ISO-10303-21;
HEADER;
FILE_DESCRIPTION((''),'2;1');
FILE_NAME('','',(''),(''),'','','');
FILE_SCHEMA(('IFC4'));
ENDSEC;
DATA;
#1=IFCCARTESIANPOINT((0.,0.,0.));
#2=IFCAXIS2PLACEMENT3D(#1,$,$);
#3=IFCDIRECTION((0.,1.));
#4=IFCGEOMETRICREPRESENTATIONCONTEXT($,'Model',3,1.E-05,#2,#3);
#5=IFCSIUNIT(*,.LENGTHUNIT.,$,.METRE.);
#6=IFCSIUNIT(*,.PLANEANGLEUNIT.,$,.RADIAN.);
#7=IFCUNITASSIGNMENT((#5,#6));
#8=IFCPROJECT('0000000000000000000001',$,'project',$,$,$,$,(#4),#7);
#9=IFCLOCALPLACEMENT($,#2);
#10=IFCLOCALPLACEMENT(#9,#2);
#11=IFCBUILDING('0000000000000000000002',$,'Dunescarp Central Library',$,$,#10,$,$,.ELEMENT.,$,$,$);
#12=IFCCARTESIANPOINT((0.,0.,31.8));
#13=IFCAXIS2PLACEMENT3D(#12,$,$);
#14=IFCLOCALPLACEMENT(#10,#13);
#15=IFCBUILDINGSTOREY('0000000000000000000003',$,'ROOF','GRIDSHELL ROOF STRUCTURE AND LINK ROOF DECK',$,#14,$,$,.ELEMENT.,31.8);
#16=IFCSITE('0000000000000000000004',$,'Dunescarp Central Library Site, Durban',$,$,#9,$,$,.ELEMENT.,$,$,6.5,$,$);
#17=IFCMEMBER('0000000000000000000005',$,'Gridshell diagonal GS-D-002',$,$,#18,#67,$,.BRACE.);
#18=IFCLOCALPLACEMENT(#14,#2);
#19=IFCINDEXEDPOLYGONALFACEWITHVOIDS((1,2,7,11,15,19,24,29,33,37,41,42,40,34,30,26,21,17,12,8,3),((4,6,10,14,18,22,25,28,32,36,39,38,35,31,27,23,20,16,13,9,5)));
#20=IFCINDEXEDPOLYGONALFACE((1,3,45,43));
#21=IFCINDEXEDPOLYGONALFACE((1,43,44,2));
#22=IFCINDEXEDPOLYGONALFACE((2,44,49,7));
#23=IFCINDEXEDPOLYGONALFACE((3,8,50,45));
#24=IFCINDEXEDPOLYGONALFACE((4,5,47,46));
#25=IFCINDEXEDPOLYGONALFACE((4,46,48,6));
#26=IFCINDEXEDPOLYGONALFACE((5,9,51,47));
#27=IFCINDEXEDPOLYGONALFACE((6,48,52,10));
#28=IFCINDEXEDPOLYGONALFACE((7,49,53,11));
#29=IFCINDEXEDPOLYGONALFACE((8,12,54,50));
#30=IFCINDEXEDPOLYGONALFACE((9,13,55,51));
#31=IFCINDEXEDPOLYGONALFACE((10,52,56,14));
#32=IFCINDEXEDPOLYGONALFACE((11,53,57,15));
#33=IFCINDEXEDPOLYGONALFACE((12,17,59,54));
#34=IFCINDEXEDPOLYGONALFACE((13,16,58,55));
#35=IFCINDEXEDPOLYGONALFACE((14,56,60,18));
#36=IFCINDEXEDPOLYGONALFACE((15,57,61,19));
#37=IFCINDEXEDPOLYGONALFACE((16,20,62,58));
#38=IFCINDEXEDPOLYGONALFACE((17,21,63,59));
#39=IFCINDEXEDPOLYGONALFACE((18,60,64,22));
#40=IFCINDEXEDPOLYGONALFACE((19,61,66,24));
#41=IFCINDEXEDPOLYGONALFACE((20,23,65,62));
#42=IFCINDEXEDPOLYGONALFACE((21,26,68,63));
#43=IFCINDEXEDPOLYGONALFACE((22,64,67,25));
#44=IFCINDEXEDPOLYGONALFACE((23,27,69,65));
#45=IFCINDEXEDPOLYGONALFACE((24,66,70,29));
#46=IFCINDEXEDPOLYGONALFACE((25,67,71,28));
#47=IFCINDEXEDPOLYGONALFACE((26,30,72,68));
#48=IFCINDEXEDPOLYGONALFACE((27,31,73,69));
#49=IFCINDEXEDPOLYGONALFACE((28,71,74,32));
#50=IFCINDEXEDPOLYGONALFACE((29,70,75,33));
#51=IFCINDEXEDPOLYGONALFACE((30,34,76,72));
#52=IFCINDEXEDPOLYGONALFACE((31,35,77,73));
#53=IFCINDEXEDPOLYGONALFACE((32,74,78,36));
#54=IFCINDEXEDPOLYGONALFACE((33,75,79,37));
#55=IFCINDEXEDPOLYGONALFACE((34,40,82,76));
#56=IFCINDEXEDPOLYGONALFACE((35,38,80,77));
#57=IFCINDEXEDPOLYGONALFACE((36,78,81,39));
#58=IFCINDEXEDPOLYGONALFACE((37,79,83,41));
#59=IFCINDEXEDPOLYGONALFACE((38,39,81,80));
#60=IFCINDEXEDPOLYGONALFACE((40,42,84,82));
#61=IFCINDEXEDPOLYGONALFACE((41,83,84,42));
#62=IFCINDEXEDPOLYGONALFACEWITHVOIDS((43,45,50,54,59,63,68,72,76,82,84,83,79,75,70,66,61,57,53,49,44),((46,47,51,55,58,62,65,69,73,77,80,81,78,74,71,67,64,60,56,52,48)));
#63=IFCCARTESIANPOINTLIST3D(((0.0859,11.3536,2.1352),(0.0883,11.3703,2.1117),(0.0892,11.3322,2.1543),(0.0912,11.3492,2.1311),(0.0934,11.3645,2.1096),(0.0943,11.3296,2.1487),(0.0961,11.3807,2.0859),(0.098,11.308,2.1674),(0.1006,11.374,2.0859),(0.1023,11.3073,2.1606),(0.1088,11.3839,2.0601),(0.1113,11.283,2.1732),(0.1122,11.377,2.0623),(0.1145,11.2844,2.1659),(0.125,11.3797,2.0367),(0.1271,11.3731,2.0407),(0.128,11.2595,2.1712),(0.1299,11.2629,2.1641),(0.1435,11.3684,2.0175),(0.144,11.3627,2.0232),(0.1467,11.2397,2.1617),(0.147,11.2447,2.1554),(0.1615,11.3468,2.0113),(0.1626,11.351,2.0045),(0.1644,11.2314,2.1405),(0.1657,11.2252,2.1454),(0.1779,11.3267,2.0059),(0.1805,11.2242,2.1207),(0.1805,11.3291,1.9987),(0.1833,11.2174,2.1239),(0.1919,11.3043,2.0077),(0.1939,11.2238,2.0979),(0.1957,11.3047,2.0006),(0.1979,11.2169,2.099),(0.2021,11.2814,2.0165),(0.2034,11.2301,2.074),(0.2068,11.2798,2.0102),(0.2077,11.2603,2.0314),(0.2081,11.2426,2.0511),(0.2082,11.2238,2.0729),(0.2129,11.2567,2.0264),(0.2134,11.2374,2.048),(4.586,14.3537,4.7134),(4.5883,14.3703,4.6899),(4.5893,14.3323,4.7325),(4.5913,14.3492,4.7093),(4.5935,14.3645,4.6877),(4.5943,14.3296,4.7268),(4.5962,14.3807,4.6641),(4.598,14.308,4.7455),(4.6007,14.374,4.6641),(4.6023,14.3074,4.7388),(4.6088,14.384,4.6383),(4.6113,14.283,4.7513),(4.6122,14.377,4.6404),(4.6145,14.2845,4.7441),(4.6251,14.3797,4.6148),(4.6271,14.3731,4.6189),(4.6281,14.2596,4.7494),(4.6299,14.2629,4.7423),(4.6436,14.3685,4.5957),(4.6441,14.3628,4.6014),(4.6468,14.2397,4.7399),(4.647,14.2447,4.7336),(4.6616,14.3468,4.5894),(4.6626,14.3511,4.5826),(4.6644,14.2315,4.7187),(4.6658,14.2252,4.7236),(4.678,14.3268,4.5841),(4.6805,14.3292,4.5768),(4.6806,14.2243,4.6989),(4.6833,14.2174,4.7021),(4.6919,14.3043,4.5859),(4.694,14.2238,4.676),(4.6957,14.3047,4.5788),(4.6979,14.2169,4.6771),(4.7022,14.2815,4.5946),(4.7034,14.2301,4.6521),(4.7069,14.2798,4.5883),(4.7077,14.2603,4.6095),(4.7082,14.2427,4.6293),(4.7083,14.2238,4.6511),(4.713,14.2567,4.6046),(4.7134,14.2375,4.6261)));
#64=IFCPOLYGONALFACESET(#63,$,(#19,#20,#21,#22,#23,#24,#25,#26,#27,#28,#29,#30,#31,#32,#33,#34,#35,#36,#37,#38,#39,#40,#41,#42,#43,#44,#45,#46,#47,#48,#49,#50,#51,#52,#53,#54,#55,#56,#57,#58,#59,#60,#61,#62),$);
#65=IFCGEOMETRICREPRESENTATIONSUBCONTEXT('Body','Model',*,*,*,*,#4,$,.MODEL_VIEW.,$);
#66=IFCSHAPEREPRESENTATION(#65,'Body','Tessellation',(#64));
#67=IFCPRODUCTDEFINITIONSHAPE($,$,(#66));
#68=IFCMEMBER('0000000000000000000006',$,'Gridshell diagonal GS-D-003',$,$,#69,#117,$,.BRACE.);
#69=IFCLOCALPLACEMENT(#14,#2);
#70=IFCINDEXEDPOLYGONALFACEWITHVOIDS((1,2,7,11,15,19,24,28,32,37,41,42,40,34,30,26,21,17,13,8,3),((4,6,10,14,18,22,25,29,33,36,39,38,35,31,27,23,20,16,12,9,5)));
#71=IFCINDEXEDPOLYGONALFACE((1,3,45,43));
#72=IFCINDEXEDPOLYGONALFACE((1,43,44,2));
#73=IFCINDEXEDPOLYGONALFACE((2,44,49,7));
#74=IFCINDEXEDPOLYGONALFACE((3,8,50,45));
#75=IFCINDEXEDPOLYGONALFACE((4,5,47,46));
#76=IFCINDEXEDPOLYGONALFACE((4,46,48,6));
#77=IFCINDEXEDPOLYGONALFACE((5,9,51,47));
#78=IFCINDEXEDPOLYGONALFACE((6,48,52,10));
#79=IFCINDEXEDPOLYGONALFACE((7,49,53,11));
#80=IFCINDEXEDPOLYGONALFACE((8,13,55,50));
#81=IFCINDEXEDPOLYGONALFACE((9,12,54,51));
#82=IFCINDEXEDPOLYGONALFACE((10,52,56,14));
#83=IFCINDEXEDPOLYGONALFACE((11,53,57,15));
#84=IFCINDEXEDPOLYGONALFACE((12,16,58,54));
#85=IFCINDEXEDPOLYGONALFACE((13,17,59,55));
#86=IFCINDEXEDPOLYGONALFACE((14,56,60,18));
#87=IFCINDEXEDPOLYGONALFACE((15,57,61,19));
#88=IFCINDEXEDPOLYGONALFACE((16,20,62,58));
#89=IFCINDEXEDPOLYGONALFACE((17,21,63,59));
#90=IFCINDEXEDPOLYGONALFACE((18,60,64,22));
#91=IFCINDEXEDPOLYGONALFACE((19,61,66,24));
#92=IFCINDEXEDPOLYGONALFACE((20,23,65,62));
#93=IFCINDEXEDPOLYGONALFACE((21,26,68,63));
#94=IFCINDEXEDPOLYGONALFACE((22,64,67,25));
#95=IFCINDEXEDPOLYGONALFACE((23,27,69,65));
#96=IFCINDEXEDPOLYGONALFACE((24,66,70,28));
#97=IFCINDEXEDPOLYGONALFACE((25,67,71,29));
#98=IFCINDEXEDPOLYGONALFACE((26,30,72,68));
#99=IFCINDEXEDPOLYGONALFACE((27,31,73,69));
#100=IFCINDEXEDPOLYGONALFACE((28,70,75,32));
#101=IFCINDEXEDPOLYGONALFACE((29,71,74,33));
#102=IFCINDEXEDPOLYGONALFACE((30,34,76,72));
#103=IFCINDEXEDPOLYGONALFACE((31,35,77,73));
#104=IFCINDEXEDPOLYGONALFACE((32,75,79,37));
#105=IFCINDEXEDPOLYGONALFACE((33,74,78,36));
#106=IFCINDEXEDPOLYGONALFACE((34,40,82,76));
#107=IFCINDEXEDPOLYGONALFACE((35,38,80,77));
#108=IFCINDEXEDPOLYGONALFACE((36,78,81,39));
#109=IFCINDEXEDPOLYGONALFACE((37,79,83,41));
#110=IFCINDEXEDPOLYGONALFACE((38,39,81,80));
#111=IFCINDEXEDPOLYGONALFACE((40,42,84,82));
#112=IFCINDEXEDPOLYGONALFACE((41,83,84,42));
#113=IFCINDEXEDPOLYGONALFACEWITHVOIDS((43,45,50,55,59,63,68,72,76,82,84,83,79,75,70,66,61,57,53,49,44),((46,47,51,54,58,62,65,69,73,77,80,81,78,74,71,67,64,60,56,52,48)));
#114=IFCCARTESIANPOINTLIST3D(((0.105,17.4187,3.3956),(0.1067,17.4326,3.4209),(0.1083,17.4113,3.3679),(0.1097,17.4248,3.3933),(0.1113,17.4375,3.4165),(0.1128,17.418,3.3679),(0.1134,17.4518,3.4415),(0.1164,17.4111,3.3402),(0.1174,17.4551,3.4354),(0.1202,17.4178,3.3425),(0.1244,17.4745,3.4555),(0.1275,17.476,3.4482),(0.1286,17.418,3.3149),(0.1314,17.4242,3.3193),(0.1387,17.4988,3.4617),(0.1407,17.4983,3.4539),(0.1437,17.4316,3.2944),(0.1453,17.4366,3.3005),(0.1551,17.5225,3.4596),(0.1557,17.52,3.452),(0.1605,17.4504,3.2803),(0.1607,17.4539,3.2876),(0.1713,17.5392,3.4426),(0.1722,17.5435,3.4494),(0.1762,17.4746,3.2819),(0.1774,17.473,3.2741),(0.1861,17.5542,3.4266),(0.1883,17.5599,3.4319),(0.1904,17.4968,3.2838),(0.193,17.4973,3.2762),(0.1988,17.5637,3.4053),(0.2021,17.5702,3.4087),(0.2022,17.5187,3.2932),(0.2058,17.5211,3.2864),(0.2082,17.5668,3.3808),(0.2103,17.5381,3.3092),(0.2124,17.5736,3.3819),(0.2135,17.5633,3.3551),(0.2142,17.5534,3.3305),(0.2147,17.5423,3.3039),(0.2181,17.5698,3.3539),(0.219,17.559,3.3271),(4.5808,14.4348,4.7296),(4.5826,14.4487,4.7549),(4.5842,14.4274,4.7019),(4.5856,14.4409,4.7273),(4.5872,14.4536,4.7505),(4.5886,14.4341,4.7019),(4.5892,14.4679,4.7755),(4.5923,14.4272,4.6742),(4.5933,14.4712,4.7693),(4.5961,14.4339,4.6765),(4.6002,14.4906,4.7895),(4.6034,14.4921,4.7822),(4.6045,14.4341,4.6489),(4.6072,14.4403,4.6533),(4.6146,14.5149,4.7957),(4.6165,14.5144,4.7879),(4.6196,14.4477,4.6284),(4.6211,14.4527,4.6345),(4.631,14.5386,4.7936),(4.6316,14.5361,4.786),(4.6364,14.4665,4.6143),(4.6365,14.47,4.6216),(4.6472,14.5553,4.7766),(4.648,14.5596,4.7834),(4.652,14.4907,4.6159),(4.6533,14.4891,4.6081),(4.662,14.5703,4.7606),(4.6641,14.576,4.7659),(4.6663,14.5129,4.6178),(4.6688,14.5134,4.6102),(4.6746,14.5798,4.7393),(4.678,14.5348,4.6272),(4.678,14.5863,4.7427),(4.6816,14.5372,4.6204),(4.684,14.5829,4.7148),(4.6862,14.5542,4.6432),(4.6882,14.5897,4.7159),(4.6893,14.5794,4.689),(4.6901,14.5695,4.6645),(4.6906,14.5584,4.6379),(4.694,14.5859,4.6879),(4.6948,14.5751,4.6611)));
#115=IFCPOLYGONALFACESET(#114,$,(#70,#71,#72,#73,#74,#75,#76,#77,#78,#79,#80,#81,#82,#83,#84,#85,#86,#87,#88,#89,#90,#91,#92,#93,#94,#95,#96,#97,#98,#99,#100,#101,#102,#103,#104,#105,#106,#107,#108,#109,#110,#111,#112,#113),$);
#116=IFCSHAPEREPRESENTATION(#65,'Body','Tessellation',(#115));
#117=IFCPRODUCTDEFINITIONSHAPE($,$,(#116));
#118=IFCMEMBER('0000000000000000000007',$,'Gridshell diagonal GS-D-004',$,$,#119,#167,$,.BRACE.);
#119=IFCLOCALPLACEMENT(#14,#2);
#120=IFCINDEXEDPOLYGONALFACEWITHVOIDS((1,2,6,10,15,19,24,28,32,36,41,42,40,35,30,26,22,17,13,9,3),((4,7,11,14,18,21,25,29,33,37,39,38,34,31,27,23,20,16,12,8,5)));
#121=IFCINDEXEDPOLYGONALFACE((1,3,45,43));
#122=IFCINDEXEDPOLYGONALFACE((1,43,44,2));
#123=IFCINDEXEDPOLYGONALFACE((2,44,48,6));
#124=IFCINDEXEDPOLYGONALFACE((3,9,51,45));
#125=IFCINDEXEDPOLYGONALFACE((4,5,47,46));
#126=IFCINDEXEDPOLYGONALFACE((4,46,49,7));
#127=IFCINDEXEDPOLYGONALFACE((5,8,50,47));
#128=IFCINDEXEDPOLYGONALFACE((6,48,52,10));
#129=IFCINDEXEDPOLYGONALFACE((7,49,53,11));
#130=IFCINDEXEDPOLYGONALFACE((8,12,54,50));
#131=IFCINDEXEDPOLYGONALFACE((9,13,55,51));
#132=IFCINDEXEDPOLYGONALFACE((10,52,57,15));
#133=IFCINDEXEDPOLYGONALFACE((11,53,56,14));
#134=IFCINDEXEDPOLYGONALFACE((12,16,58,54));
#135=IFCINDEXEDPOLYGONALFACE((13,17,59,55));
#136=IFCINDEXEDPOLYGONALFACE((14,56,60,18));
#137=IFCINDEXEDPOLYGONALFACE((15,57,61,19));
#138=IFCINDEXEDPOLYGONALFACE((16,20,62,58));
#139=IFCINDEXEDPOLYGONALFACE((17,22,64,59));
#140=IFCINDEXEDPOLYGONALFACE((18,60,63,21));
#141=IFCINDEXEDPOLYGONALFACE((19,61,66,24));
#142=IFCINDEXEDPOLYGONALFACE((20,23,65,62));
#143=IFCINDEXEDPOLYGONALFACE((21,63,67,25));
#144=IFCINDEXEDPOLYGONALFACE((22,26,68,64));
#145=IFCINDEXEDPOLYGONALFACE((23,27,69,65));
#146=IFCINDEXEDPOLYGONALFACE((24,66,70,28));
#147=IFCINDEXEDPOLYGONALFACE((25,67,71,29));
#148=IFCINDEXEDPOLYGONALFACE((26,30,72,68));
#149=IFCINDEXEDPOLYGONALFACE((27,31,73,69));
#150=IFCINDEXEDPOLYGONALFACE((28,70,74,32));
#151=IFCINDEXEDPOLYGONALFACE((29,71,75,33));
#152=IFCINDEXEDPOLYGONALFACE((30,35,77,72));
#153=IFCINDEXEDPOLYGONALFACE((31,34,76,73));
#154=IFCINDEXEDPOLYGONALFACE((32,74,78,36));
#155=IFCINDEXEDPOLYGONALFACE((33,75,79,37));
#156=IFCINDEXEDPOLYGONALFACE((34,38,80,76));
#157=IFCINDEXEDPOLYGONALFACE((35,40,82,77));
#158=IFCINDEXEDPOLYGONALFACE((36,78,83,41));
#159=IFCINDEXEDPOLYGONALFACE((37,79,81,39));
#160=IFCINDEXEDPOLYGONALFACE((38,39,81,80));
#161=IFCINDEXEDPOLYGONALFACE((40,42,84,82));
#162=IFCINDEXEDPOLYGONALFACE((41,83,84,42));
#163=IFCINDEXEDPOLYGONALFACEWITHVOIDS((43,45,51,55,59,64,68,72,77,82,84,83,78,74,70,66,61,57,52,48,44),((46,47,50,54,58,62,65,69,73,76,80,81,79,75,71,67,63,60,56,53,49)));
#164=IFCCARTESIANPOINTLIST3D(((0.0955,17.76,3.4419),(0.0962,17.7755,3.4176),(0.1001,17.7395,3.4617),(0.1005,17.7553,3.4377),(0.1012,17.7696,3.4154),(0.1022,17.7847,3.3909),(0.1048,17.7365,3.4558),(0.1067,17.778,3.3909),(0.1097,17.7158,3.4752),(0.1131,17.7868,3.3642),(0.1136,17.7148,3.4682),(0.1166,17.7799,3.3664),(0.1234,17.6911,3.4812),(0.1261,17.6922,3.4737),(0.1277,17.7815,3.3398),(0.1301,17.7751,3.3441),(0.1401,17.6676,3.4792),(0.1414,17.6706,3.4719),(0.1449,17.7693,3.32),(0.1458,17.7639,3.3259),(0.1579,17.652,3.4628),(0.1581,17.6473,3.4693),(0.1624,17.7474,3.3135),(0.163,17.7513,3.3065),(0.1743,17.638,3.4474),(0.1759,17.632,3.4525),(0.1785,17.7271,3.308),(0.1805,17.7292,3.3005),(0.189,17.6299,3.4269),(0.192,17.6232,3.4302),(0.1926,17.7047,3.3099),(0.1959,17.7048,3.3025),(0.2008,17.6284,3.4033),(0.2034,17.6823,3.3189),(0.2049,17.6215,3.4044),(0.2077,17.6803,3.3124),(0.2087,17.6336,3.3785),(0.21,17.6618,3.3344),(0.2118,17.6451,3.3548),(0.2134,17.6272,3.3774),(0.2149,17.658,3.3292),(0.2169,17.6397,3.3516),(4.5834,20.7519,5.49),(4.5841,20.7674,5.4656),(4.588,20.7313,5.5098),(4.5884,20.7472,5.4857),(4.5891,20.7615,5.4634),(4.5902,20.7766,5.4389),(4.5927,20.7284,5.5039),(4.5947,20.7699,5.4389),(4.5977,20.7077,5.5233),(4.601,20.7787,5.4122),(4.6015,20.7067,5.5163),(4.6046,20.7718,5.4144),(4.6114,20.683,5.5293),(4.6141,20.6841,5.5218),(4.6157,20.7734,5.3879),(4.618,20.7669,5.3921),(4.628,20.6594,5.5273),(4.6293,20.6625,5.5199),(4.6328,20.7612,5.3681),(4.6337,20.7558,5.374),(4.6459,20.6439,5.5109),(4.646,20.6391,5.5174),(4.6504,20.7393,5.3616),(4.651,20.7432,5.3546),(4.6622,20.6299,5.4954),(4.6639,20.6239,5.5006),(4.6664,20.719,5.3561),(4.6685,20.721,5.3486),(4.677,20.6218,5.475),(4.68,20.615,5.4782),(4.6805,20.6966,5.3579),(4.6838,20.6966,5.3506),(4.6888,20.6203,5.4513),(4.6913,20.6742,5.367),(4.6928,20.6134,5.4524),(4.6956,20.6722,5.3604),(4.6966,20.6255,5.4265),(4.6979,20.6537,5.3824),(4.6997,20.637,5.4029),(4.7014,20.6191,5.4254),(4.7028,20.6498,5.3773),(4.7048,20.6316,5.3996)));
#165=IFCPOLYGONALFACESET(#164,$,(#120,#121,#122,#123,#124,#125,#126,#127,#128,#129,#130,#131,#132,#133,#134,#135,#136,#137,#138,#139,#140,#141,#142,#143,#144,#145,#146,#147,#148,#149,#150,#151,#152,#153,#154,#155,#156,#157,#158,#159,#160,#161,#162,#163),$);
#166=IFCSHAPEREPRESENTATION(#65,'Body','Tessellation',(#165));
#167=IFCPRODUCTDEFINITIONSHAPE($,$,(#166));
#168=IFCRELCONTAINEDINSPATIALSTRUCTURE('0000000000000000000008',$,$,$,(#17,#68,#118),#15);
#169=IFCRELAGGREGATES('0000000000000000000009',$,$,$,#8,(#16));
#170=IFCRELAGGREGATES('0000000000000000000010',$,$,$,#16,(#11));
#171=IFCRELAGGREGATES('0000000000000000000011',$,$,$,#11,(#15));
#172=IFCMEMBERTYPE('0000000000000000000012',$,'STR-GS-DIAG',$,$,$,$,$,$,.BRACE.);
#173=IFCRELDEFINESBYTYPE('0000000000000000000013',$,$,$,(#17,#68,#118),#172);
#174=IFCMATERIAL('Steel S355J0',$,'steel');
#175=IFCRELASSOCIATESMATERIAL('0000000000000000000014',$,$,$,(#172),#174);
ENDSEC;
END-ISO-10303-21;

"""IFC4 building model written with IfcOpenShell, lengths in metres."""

from ifc_helpers import new_model, si_unit, direction, frame, origin, origin_2d, place, context, subcontext, project, spatial, hollow_circle, extrude, material, material_profile, profile_set, type_object, element, save


model = new_model("IFC4")

# Units and contexts
model_context = context("Model", 3, precision=1e-05, world=origin(), true_north=direction((0.0, 1.0)))
body_context = subcontext(model_context, "Body", "Model", "MODEL_VIEW")
ifc_project = project(units=[si_unit("LENGTHUNIT", "METRE"), si_unit("PLANEANGLEUNIT", "RADIAN")], contexts=[model_context])

# Site, building, storey
site_placement = place(None, origin())
site = spatial("IfcSite", under=ifc_project, at=site_placement, Name="Dunescarp Central Library Site, Durban", CompositionType="ELEMENT", RefElevation=6.5)
building_placement = place(site_placement, origin())
building = spatial("IfcBuilding", under=site, at=building_placement, Name="Dunescarp Central Library", CompositionType="ELEMENT")
storey_placement = place(building_placement, frame((0.0, 0.0, 31.8)))
storey = spatial("IfcBuildingStorey", under=building, at=storey_placement, Name="ROOF", Description="GRIDSHELL ROOF STRUCTURE AND LINK ROOF DECK", CompositionType="ELEMENT", Elevation=31.8)

# Members
ifc_material_1 = material(Name="Steel S355J0", Category="steel")
ifc_material_profile_1 = material_profile(ifc_material_1, hollow_circle(Radius=0.0969, WallThickness=0.0081, at=origin_2d()), Name="CHS 193.7x8")
ifc_profile_set_1 = profile_set([ifc_material_profile_1], Name="Steel S355J0")
member_type_1 = type_object("IfcMemberType", Name="STR-GS-DIAG", PredefinedType="BRACE", material=ifc_profile_set_1)
member_1_placement = place(storey_placement, frame((0.1499, 11.3, 2.0859), z_axis=(0.751078, 0.500719, 0.430305), x_axis=(-0.5547, 0.83205, 0.0)))
element("IfcMember", 1, at=member_1_placement, inside=storey, type_object=member_type_1, Name="Gridshell diagonal GS-D-002", PredefinedType="BRACE", context=body_context, shape_type="SweptSolid", body=[
    extrude(hollow_circle(Radius=0.0969, WallThickness=0.0081, at=origin_2d()), origin(), (0.0, 0.0, 1.0), 5.9915),
])
member_2_placement = place(storey_placement, frame((4.6379, 14.5081, 4.7019), z_axis=(-0.807589, 0.538392, -0.240695), x_axis=(-0.5547, -0.83205, 0.0)))
element("IfcMember", 2, at=member_2_placement, inside=storey, type_object=member_type_1, Name="Gridshell diagonal GS-D-003", PredefinedType="BRACE", context=body_context, shape_type="SweptSolid", body=[
    extrude(hollow_circle(Radius=0.0969, WallThickness=0.0081, at=origin_2d()), origin(), (0.0, 0.0, 1.0), 5.5422),
])
member_3_placement = place(storey_placement, frame((0.156, 17.7041, 3.3909), z_axis=(0.777869, 0.518566, 0.354977), x_axis=(-0.55469, 0.832057, 0.0)))
element("IfcMember", 3, at=member_3_placement, inside=storey, type_object=member_type_1, Name="Gridshell diagonal GS-D-004", PredefinedType="BRACE", context=body_context, shape_type="SweptSolid", body=[
    extrude(hollow_circle(Radius=0.0969, WallThickness=0.0081, at=origin_2d()), origin(), (0.0, 0.0, 1.0), 5.7695),
])

save(model, "model.ifc")
